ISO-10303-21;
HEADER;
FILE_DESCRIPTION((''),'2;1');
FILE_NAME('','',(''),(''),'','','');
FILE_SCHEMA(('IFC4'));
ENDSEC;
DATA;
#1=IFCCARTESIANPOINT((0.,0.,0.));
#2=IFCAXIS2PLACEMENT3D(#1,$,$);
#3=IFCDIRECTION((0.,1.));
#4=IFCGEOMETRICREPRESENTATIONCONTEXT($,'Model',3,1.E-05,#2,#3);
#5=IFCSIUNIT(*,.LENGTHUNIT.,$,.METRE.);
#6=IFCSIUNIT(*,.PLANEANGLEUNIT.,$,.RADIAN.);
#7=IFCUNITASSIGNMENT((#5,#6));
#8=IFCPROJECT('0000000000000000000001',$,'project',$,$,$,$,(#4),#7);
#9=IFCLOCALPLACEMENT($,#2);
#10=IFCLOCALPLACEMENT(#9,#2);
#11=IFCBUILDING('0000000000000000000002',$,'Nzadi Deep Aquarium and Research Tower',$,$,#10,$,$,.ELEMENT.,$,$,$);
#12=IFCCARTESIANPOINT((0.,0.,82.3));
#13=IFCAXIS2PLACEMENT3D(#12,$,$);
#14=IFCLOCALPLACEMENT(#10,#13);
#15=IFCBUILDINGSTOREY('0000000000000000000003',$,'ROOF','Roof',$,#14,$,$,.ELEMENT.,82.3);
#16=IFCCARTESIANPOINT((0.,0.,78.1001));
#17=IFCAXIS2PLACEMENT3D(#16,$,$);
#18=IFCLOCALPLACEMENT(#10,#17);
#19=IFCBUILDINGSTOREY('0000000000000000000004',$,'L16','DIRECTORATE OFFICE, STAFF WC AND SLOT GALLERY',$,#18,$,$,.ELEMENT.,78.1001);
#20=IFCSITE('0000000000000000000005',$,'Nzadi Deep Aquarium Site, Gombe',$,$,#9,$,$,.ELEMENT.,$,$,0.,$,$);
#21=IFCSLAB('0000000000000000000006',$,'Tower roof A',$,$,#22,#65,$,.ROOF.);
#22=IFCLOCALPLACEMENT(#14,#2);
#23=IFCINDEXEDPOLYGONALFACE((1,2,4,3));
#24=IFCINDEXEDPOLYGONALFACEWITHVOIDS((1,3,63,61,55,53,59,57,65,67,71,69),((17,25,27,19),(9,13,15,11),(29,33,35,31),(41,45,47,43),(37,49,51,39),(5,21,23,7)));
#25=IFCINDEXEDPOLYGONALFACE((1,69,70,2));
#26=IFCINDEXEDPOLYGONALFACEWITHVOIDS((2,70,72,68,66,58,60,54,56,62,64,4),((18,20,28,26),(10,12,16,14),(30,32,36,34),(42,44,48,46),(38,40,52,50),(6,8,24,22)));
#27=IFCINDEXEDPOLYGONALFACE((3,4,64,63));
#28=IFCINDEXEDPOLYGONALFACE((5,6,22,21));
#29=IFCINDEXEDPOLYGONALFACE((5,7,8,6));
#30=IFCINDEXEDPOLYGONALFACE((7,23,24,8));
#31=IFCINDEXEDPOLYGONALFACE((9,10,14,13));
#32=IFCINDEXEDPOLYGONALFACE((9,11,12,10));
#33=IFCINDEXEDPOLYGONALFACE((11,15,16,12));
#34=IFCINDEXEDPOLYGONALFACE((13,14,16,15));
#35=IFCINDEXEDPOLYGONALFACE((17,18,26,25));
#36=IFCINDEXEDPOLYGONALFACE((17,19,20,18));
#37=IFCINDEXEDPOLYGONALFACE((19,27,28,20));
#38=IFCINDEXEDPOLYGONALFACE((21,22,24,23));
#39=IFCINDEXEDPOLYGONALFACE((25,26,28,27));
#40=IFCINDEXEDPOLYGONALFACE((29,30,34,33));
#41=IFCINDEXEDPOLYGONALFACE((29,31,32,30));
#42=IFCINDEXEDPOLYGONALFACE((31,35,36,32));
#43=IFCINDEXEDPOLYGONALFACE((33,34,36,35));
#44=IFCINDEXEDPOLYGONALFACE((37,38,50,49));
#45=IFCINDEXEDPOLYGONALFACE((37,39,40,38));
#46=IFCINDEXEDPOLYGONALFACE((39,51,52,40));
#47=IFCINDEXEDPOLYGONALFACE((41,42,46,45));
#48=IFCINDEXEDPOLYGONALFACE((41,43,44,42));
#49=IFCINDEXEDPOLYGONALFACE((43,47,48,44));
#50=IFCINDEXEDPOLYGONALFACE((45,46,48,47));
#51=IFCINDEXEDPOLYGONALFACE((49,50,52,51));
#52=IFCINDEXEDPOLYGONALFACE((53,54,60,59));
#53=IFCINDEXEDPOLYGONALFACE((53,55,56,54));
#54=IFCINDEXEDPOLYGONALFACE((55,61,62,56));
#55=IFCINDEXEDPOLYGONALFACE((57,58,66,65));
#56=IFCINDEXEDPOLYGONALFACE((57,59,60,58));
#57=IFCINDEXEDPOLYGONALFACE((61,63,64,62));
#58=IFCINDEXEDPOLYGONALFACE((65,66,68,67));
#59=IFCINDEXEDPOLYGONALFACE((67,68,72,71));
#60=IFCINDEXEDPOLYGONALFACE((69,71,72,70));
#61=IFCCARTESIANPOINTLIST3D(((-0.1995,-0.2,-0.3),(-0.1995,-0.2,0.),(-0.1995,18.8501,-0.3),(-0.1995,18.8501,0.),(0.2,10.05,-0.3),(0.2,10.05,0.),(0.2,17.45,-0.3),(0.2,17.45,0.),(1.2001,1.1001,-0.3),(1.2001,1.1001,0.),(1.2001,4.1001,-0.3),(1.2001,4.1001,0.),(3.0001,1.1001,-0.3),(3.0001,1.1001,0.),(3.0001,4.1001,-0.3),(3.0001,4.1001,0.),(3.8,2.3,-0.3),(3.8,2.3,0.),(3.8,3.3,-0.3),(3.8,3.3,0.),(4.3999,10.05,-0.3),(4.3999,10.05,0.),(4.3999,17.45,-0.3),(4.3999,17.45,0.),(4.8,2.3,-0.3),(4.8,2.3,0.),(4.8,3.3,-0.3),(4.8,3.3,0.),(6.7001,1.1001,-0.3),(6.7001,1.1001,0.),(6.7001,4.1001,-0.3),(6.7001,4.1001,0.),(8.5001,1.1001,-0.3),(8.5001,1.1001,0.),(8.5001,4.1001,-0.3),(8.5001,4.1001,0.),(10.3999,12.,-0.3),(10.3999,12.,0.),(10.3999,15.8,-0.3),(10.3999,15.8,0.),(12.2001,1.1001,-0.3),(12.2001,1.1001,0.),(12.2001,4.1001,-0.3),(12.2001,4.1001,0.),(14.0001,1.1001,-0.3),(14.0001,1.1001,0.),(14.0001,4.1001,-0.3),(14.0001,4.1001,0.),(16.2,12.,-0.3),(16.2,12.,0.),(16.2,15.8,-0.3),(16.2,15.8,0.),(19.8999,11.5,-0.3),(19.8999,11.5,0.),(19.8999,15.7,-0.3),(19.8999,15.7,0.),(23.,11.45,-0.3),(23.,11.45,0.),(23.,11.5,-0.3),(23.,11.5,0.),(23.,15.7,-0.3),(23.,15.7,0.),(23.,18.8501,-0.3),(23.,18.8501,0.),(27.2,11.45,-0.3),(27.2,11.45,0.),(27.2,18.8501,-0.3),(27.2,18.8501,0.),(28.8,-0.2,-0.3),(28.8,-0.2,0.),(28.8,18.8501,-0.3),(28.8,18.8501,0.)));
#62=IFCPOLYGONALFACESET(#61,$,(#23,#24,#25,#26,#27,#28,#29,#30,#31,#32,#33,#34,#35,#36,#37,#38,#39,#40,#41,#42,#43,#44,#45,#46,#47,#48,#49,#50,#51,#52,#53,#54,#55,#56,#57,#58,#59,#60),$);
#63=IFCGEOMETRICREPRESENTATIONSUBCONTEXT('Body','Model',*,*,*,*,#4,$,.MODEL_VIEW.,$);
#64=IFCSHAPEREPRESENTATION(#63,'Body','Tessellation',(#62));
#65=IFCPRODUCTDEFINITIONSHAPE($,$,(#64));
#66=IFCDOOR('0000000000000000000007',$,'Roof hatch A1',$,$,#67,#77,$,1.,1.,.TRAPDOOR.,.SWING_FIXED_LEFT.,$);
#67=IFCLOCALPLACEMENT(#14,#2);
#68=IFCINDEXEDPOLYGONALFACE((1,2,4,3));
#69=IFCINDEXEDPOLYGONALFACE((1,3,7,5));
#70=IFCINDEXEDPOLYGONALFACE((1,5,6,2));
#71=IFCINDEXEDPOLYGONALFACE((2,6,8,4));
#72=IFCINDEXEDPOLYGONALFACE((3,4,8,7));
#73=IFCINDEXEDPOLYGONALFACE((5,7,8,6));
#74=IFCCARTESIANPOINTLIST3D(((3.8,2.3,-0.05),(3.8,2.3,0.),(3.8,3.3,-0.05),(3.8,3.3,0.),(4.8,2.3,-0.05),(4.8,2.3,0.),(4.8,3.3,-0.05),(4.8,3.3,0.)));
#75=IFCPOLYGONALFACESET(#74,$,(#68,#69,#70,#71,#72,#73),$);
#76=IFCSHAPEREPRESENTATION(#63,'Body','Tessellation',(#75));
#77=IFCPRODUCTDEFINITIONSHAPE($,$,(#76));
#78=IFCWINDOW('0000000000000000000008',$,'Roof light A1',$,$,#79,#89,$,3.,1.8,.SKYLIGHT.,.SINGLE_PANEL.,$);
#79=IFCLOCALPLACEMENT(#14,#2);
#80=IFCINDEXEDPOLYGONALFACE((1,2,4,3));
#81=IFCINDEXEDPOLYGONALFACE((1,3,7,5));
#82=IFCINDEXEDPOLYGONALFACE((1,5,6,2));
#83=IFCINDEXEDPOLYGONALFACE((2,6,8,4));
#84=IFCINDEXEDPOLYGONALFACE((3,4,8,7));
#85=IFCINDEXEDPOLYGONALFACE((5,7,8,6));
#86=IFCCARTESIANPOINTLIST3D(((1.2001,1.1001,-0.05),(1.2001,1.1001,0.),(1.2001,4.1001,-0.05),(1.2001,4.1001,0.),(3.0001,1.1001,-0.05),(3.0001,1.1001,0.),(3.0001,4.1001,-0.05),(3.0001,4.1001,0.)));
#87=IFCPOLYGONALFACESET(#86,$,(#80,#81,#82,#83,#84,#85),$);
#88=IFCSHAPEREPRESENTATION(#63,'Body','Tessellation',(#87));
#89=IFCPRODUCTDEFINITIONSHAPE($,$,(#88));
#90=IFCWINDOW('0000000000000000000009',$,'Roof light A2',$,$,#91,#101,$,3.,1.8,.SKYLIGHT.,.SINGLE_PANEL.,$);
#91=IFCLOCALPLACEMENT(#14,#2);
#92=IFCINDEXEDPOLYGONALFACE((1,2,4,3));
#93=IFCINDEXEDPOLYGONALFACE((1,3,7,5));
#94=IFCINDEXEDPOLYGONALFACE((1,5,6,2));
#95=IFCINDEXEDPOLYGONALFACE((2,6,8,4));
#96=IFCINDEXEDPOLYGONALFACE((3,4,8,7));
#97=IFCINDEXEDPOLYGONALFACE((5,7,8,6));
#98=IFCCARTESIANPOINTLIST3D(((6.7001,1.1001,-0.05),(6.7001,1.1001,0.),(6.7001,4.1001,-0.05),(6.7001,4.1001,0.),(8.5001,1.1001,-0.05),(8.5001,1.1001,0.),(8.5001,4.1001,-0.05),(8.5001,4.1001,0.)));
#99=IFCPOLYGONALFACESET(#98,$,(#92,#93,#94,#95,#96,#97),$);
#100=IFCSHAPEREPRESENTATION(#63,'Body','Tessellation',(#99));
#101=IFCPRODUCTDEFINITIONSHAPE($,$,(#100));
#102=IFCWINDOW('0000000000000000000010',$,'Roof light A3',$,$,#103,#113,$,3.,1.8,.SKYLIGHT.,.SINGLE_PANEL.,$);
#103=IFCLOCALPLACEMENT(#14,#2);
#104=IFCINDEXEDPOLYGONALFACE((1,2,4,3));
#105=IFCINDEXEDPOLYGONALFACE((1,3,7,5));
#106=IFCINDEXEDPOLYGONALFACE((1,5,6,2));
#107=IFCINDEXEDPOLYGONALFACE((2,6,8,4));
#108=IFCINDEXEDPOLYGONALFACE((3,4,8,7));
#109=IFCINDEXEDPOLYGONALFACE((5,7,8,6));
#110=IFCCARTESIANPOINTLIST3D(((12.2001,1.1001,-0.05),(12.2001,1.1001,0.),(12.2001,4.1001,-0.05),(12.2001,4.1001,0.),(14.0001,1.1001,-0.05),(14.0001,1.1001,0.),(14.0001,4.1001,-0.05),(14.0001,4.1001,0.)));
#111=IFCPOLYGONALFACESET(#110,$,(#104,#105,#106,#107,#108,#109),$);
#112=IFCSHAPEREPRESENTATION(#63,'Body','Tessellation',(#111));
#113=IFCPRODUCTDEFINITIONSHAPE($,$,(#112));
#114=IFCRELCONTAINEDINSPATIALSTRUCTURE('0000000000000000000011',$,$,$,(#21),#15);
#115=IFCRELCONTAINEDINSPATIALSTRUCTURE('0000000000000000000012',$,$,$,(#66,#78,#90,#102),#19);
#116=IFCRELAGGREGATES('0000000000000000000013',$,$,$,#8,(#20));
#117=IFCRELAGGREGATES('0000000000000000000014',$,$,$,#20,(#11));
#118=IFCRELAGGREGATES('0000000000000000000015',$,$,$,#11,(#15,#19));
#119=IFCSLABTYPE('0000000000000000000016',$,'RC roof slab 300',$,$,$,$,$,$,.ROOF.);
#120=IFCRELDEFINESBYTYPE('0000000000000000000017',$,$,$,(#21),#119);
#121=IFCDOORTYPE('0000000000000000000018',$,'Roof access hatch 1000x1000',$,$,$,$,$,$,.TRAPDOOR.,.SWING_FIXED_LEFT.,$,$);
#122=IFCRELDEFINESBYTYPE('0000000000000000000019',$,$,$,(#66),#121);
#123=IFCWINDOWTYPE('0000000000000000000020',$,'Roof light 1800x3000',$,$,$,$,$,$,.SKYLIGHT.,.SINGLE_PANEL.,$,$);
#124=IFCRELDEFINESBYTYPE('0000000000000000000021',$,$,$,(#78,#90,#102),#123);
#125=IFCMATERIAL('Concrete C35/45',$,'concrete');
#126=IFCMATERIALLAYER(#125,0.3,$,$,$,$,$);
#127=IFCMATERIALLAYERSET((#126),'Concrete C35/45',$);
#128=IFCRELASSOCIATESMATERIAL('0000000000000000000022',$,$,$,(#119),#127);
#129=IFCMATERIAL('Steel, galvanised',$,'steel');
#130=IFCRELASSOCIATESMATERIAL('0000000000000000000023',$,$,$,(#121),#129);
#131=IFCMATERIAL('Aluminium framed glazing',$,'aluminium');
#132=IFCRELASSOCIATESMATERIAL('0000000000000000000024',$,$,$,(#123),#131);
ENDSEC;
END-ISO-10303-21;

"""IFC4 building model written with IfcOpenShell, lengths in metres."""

from ifc_helpers import new_model, si_unit, direction, frame, origin, origin_2d, place, context, subcontext, project, spatial, polyline, rectangle, outline, extrude, material, layer, layer_set, type_object, element, fill, save


model = new_model("IFC4")

# Units and contexts
model_context = context("Model", 3, precision=1e-05, world=origin(), true_north=direction((0.0, 1.0)))
body_context = subcontext(model_context, "Body", "Model", "MODEL_VIEW")
ifc_project = project(units=[si_unit("LENGTHUNIT", "METRE"), si_unit("PLANEANGLEUNIT", "RADIAN")], contexts=[model_context])

# Site, building, storey
site_placement = place(None, origin())
site = spatial("IfcSite", under=ifc_project, at=site_placement, Name="Nzadi Deep Aquarium Site, Gombe", CompositionType="ELEMENT", RefElevation=0.0)
building_placement = place(site_placement, origin())
building = spatial("IfcBuilding", under=site, at=building_placement, Name="Nzadi Deep Aquarium and Research Tower", CompositionType="ELEMENT")
storey_1_placement = place(building_placement, frame((0.0, 0.0, 82.3)))
storey_1 = spatial("IfcBuildingStorey", under=building, at=storey_1_placement, Name="ROOF", Description="Roof", CompositionType="ELEMENT", Elevation=82.3)

# Slab, openings
ifc_material_1 = material(Name="Concrete C35/45", Category="concrete")
ifc_layer_1 = layer(ifc_material_1, 0.3)
ifc_layer_set_1 = layer_set([ifc_layer_1], Name="Concrete C35/45")
slab_type_1 = type_object("IfcSlabType", Name="RC roof slab 300", PredefinedType="ROOF", material=ifc_layer_set_1)
slab_1_placement = place(storey_1_placement, frame((0.0, 0.0, -0.3)))
slab_1 = element("IfcSlab", 1, at=slab_1_placement, inside=storey_1, type_object=slab_type_1, Name="Tower roof A", PredefinedType="ROOF", context=body_context, shape_type="SweptSolid", body=[
    extrude(outline(polyline([(27.2, 11.45), (23.0, 11.45), (23.0, 11.5), (19.8999, 11.5), (19.8999, 15.7), (23.0, 15.7), (23.0, 18.8501), (-0.1995, 18.8501), (-0.1995, -0.2), (28.8, -0.2), (28.8, 18.8501), (27.2, 18.8501), (27.2, 11.45)]), holes=[polyline([(4.3999, 17.45), (4.3999, 10.05), (0.2, 10.05), (0.2, 17.45), (4.3999, 17.45)]), polyline([(10.3999, 12.0), (10.3999, 15.8), (13.3, 15.8), (16.2, 15.8), (16.2, 12.0), (13.3, 12.0), (10.3999, 12.0)])]), origin(), (0.0, 0.0, 1.0), 0.3),
])
opening_1_placement = place(slab_1_placement, frame((2.1001, 2.6001, 0.0)))
opening_1 = element("IfcOpeningElement", 2, at=opening_1_placement, cuts=slab_1, PredefinedType="OPENING", context=body_context, shape_type="SweptSolid", body=[
    extrude(rectangle(XDim=1.8, YDim=3.0, at=origin_2d()), origin(), (0.0, 0.0, 1.0), 0.3),
])
opening_2_placement = place(slab_1_placement, frame((7.6001, 2.6001, 0.0)))
opening_2 = element("IfcOpeningElement", 3, at=opening_2_placement, cuts=slab_1, PredefinedType="OPENING", context=body_context, shape_type="SweptSolid", body=[
    extrude(rectangle(XDim=1.8, YDim=3.0, at=origin_2d()), origin(), (0.0, 0.0, 1.0), 0.3),
])
opening_3_placement = place(slab_1_placement, frame((13.1001, 2.6001, 0.0)))
opening_3 = element("IfcOpeningElement", 4, at=opening_3_placement, cuts=slab_1, PredefinedType="OPENING", context=body_context, shape_type="SweptSolid", body=[
    extrude(rectangle(XDim=1.8, YDim=3.0, at=origin_2d()), origin(), (0.0, 0.0, 1.0), 0.3),
])
opening_4_placement = place(slab_1_placement, frame((4.3, 2.8, 0.0)))
opening_4 = element("IfcOpeningElement", 5, at=opening_4_placement, cuts=slab_1, PredefinedType="OPENING", context=body_context, shape_type="SweptSolid", body=[
    extrude(rectangle(XDim=1.0, YDim=1.0, at=origin_2d()), origin(), (0.0, 0.0, 1.0), 0.3),
])

# Shared definitions
storey_2_placement = place(building_placement, frame((0.0, 0.0, 78.1001)))
storey_2 = spatial("IfcBuildingStorey", under=building, at=storey_2_placement, Name="L16", Description="DIRECTORATE OFFICE, STAFF WC AND SLOT GALLERY", CompositionType="ELEMENT", Elevation=78.1001)

# Door
ifc_material_2 = material(Name="Steel, galvanised", Category="steel")
door_type = type_object("IfcDoorType", Name="Roof access hatch 1000x1000", OperationType="SWING_FIXED_LEFT", PredefinedType="TRAPDOOR", material=ifc_material_2)
door_1_placement = place(opening_4_placement, frame((0.0, 0.0, 0.25)))
door_1 = element("IfcDoor", 6, at=door_1_placement, inside=storey_2, type_object=door_type, Name="Roof hatch A1", OperationType="SWING_FIXED_LEFT", OverallHeight=1.0, OverallWidth=1.0, PredefinedType="TRAPDOOR", context=body_context, shape_type="SweptSolid", body=[
    extrude(rectangle(XDim=1.0, YDim=1.0, at=origin_2d()), origin(), (0.0, 0.0, 1.0), 0.05),
])
fill(opening_4, door_1)

# Windows
ifc_material_3 = material(Name="Aluminium framed glazing", Category="aluminium")
window_type = type_object("IfcWindowType", Name="Roof light 1800x3000", PartitioningType="SINGLE_PANEL", PredefinedType="SKYLIGHT", material=ifc_material_3)
window_1_placement = place(opening_1_placement, frame((0.0, 0.0, 0.25)))
window_1 = element("IfcWindow", 7, at=window_1_placement, inside=storey_2, type_object=window_type, Name="Roof light A1", OverallHeight=3.0, OverallWidth=1.8, PartitioningType="SINGLE_PANEL", PredefinedType="SKYLIGHT", context=body_context, shape_type="SweptSolid", body=[
    extrude(rectangle(XDim=1.8, YDim=3.0, at=origin_2d()), origin(), (0.0, 0.0, 1.0), 0.05),
])
fill(opening_1, window_1)
window_2_placement = place(opening_2_placement, frame((0.0, 0.0, 0.25)))
window_2 = element("IfcWindow", 8, at=window_2_placement, inside=storey_2, type_object=window_type, Name="Roof light A2", OverallHeight=3.0, OverallWidth=1.8, PartitioningType="SINGLE_PANEL", PredefinedType="SKYLIGHT", context=body_context, shape_type="SweptSolid", body=[
    extrude(rectangle(XDim=1.8, YDim=3.0, at=origin_2d()), origin(), (0.0, 0.0, 1.0), 0.05),
])
fill(opening_2, window_2)
window_3_placement = place(opening_3_placement, frame((0.0, 0.0, 0.25)))
window_3 = element("IfcWindow", 9, at=window_3_placement, inside=storey_2, type_object=window_type, Name="Roof light A3", OverallHeight=3.0, OverallWidth=1.8, PartitioningType="SINGLE_PANEL", PredefinedType="SKYLIGHT", context=body_context, shape_type="SweptSolid", body=[
    extrude(rectangle(XDim=1.8, YDim=3.0, at=origin_2d()), origin(), (0.0, 0.0, 1.0), 0.05),
])
fill(opening_3, window_3)

save(model, "model.ifc")
